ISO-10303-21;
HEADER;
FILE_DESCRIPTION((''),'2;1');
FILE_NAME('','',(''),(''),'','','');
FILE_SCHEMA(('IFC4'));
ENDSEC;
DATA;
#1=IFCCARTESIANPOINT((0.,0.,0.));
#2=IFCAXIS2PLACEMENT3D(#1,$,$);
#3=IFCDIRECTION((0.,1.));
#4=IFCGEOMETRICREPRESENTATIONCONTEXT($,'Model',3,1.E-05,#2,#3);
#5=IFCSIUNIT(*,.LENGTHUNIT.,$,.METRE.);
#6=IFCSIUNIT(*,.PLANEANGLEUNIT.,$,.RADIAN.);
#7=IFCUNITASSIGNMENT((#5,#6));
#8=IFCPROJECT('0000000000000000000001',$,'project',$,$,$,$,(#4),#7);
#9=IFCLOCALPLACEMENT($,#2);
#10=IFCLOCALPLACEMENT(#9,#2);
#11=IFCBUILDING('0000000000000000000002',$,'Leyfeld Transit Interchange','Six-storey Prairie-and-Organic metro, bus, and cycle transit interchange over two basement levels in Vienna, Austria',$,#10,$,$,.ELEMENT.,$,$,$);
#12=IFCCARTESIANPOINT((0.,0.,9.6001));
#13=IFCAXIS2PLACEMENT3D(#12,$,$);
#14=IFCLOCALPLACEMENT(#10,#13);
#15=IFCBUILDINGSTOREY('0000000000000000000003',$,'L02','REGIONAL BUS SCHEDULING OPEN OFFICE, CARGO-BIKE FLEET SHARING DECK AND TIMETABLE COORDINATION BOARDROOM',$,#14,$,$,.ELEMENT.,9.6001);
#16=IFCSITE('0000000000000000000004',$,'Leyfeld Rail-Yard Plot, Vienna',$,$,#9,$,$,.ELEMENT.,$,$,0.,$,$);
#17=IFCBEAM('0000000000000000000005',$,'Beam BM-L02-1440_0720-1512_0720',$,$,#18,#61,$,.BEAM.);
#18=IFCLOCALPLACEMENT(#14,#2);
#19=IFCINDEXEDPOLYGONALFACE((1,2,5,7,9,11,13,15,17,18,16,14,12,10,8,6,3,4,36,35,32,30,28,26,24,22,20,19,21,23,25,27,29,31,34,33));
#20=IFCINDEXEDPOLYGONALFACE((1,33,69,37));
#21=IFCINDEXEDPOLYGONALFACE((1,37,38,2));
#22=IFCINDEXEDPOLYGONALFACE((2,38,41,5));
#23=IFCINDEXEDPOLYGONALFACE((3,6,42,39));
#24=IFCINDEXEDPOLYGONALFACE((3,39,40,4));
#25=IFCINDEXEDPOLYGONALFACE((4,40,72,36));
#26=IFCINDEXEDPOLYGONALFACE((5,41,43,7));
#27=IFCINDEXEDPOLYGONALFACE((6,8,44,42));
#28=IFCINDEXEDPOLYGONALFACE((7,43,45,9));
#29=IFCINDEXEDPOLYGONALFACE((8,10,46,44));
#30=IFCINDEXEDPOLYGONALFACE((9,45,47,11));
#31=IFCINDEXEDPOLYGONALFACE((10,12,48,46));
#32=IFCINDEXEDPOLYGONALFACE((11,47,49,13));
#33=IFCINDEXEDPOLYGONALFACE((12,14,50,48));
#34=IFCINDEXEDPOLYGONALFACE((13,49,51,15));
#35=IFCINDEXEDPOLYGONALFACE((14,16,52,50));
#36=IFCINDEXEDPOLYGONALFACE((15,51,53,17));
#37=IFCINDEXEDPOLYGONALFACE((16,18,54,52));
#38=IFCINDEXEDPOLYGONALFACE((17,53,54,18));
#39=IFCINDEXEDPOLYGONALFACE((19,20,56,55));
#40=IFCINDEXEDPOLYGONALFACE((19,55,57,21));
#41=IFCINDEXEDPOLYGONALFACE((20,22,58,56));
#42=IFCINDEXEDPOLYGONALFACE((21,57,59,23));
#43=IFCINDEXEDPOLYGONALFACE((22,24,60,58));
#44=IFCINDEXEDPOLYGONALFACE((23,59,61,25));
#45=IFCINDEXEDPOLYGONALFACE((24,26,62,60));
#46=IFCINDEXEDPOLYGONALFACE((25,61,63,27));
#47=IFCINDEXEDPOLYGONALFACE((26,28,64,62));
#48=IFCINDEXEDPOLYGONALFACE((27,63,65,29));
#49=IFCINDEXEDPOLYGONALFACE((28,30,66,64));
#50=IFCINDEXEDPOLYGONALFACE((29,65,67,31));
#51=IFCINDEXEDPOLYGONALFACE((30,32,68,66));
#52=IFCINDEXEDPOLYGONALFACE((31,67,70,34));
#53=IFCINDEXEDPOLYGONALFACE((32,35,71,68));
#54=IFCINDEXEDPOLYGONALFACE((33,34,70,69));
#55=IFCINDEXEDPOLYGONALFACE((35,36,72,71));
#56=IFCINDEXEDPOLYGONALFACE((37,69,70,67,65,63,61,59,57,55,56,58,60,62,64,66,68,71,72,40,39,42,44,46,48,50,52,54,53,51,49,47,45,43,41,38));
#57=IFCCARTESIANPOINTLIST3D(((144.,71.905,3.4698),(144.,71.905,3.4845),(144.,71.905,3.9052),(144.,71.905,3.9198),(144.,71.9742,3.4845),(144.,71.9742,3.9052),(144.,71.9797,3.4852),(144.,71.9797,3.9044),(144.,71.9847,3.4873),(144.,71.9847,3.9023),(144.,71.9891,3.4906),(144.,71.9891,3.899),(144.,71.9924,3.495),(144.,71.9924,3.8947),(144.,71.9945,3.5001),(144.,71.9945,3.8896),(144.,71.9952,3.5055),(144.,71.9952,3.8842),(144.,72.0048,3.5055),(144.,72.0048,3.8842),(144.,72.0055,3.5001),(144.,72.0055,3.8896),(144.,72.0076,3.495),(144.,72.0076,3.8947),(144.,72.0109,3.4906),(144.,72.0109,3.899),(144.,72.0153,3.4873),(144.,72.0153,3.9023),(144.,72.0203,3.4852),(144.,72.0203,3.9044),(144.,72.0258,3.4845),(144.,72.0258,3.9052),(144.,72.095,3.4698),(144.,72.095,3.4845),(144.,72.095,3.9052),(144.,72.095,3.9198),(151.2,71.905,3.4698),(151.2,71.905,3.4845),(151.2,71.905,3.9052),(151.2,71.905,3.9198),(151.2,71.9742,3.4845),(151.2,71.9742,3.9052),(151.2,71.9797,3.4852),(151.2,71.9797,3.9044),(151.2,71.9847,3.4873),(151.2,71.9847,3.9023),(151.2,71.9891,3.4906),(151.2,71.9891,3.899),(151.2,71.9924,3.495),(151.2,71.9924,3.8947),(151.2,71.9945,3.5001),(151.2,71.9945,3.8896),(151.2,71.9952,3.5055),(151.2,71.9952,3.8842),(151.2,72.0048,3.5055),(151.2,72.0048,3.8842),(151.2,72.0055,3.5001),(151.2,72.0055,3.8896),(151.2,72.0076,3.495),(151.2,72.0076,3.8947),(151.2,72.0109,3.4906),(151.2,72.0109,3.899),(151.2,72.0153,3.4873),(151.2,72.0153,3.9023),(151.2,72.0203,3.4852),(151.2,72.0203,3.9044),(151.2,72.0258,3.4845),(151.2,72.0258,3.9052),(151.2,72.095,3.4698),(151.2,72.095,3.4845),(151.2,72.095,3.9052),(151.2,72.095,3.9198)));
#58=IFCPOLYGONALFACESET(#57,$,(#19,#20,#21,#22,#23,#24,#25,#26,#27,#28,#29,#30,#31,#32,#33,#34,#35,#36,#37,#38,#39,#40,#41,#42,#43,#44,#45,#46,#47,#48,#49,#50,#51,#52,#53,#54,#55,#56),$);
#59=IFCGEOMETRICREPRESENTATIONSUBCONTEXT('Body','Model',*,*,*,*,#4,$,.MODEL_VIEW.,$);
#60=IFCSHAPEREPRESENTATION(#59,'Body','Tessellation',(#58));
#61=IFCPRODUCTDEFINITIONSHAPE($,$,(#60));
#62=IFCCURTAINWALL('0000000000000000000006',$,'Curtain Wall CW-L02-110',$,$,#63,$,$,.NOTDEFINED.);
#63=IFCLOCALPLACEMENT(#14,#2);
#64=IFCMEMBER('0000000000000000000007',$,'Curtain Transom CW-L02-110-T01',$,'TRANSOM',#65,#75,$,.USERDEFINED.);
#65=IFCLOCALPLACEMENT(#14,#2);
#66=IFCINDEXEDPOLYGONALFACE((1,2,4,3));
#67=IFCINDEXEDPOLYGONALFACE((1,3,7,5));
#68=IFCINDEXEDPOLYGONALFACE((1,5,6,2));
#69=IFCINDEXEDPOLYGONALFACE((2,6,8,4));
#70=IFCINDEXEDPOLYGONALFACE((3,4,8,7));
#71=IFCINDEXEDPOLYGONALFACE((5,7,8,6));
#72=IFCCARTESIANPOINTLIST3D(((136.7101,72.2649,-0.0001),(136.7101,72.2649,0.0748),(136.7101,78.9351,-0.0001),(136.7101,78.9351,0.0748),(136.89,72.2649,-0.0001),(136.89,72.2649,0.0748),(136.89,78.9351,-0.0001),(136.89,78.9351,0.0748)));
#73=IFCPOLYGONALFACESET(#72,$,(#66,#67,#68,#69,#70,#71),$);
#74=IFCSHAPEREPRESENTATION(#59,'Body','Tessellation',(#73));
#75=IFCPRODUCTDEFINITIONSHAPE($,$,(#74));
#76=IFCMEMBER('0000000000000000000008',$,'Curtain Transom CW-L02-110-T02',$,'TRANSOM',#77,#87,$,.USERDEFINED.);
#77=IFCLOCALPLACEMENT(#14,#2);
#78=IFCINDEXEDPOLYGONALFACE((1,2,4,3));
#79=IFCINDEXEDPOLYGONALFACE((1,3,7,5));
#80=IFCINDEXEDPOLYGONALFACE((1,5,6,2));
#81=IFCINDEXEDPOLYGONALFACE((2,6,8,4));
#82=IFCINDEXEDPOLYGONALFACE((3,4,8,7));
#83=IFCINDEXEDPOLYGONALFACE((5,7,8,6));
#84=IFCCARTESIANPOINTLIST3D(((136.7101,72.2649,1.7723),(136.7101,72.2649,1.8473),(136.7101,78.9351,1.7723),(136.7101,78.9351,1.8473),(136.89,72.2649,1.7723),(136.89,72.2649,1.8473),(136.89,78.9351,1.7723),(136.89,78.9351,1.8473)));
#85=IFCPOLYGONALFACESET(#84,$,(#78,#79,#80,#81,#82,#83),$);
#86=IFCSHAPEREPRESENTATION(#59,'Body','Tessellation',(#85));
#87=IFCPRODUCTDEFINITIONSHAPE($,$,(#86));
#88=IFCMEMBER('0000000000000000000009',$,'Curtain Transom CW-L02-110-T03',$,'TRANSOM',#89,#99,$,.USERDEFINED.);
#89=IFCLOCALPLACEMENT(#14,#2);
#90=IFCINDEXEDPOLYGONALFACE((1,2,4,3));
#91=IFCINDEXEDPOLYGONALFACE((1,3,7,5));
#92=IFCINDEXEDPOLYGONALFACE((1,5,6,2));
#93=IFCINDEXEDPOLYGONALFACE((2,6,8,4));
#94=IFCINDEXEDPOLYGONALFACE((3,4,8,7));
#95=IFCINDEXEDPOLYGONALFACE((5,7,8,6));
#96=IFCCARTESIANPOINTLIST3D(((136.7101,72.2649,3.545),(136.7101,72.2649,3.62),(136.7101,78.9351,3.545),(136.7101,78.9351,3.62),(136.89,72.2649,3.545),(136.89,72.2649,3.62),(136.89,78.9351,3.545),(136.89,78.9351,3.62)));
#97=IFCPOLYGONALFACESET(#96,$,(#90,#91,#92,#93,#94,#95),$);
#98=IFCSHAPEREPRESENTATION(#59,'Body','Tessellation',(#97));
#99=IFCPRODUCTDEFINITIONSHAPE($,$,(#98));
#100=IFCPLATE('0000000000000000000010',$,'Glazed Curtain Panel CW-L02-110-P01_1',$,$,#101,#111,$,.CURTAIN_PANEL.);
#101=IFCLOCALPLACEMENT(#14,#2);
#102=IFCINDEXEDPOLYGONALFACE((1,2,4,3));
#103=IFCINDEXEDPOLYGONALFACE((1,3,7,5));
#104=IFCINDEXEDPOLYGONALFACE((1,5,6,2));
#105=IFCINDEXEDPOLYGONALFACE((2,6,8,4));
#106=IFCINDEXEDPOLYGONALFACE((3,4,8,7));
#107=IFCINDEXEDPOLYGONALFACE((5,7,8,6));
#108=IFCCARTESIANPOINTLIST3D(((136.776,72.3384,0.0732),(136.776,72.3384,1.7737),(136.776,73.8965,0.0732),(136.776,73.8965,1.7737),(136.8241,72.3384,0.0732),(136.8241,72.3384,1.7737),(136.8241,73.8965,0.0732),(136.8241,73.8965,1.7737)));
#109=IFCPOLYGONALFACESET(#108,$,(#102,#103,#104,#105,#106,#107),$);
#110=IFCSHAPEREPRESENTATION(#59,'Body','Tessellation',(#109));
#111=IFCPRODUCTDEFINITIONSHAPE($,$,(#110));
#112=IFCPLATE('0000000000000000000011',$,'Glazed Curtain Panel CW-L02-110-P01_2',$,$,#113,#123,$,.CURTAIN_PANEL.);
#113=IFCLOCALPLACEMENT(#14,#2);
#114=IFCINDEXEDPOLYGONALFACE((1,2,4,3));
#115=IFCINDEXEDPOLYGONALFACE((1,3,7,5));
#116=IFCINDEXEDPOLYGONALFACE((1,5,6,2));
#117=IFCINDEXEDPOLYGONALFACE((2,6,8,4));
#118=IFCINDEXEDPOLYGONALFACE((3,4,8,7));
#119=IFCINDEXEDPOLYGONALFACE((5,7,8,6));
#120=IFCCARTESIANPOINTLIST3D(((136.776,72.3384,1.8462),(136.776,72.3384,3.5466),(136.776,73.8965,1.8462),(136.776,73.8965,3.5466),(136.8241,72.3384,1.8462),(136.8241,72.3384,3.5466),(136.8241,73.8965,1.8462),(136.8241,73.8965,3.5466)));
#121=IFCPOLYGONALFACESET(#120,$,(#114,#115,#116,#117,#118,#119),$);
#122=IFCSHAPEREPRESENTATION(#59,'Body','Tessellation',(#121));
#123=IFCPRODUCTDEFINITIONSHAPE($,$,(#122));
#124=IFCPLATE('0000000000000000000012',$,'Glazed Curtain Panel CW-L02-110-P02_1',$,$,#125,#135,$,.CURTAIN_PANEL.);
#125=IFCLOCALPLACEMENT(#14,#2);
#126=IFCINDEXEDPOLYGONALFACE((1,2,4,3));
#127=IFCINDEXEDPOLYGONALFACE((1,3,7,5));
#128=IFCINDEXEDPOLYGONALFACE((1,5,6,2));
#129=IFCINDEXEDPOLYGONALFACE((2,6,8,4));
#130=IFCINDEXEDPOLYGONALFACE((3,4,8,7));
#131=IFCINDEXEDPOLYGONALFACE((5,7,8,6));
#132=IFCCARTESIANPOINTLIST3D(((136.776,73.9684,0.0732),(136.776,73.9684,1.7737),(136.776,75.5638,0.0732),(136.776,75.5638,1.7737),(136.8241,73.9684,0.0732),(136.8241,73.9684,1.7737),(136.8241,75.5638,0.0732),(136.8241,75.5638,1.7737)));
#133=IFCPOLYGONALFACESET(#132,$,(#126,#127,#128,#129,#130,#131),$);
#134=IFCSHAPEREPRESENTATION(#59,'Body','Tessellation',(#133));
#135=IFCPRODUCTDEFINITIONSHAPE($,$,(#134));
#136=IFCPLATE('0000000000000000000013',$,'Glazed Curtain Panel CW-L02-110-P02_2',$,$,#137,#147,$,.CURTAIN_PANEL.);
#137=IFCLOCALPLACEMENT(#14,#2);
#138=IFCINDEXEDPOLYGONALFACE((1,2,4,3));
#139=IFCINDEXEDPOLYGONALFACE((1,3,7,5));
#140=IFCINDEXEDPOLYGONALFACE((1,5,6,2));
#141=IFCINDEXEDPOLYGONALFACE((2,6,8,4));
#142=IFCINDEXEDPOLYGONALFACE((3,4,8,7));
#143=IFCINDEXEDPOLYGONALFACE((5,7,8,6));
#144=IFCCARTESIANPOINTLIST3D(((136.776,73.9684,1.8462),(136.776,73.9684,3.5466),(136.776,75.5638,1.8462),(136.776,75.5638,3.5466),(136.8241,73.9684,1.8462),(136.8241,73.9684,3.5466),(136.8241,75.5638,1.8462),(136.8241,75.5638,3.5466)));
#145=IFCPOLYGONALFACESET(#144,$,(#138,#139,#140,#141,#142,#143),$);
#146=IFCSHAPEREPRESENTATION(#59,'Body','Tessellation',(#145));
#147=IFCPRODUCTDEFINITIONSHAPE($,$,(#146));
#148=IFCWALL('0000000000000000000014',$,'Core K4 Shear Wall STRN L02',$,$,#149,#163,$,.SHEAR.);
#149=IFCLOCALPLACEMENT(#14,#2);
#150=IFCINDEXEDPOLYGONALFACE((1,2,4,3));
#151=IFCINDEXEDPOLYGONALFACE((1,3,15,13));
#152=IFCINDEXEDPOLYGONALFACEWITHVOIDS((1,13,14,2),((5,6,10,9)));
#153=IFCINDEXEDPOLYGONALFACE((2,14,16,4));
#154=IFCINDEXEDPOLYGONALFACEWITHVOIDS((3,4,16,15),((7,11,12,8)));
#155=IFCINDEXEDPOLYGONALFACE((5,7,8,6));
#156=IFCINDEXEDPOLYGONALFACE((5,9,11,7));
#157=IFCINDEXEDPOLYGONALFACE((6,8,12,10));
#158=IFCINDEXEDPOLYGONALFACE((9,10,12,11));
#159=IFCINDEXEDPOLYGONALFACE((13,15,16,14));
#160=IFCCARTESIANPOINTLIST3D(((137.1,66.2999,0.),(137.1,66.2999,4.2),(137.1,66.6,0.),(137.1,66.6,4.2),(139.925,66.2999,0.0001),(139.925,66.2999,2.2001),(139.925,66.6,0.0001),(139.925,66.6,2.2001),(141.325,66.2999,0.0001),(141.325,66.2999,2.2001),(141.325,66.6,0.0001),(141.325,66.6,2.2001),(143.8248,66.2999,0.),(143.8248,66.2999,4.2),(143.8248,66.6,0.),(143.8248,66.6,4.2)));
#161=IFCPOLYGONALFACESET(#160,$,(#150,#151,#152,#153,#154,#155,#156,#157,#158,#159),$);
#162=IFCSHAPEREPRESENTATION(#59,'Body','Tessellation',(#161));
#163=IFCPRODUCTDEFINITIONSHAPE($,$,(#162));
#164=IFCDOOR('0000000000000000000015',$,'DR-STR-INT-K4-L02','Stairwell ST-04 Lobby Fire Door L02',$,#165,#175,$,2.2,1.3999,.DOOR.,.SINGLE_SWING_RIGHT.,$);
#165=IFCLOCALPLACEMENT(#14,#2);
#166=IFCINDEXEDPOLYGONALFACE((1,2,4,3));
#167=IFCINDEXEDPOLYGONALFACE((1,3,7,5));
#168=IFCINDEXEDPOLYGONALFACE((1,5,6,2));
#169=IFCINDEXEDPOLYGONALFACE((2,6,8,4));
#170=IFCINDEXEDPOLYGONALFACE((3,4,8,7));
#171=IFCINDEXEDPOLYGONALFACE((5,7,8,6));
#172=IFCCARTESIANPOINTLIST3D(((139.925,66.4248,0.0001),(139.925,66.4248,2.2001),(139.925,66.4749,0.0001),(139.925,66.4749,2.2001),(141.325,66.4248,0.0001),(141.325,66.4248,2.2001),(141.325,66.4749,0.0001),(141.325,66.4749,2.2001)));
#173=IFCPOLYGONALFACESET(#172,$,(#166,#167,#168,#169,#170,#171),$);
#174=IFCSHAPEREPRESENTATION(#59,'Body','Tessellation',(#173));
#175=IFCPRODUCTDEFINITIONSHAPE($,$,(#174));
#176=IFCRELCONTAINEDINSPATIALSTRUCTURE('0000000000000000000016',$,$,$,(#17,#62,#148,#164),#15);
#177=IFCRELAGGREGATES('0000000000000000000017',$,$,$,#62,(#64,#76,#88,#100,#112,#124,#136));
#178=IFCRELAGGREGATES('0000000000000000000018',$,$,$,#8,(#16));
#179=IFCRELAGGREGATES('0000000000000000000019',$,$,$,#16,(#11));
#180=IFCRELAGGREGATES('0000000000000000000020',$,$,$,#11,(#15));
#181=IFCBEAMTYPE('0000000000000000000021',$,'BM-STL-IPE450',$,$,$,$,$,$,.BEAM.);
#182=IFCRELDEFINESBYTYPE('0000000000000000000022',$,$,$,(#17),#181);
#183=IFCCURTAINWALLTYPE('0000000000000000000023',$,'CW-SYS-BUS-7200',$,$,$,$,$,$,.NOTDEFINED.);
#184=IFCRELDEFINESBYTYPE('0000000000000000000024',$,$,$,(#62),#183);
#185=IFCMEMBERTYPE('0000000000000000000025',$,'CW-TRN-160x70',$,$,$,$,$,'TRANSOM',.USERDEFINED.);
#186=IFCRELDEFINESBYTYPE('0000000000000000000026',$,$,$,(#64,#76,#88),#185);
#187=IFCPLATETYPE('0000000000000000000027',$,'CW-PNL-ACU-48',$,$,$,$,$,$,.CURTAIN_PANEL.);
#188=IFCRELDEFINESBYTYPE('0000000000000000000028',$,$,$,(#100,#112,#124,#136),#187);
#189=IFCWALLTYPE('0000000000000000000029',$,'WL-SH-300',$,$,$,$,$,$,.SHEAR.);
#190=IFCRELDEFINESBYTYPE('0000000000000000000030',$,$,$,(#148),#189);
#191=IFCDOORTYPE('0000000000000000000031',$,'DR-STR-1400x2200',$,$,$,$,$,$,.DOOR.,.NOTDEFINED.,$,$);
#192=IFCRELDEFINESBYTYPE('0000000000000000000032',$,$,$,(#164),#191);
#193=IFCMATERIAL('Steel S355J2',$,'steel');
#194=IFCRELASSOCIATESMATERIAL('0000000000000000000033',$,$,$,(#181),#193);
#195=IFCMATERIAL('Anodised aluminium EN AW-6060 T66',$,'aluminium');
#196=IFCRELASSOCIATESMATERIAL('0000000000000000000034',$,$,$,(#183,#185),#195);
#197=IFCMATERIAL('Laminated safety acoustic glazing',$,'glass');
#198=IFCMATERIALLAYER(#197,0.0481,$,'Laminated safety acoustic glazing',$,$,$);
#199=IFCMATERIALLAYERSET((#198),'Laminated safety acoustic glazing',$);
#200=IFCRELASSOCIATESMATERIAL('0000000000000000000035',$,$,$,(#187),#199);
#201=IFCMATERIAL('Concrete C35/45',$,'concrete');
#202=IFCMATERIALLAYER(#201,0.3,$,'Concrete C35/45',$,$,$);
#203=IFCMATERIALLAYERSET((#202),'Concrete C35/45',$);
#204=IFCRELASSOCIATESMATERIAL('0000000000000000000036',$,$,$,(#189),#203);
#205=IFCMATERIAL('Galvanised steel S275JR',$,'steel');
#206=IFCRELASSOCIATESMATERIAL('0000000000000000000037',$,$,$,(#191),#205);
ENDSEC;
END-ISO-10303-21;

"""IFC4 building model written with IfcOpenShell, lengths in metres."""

from ifc_helpers import new_model, si_unit, direction, frame, frame_2d, origin, origin_2d, place, context, subcontext, project, spatial, rectangle, i_section, extrude, material, layer, layer_set, material_profile, profile_set, type_object, element, fill, aggregate, save


model = new_model("IFC4")

# Units and contexts
model_context = context("Model", 3, precision=1e-05, world=origin(), true_north=direction((0.0, 1.0)))
body_context = subcontext(model_context, "Body", "Model", "MODEL_VIEW")
ifc_project = project(units=[si_unit("LENGTHUNIT", "METRE"), si_unit("PLANEANGLEUNIT", "RADIAN")], contexts=[model_context])

# Site, building, storey
site_placement = place(None, origin())
site = spatial("IfcSite", under=ifc_project, at=site_placement, Name="Leyfeld Rail-Yard Plot, Vienna", CompositionType="ELEMENT", RefElevation=0.0)
building_placement = place(site_placement, origin())
building = spatial("IfcBuilding", under=site, at=building_placement, Name="Leyfeld Transit Interchange", Description="Six-storey Prairie-and-Organic metro, bus, and cycle transit interchange over two basement levels in Vienna, Austria", CompositionType="ELEMENT")
storey_placement = place(building_placement, frame((0.0, 0.0, 9.6001)))
storey = spatial("IfcBuildingStorey", under=building, at=storey_placement, Name="L02", Description="REGIONAL BUS SCHEDULING OPEN OFFICE, CARGO-BIKE FLEET SHARING DECK AND TIMETABLE COORDINATION BOARDROOM", CompositionType="ELEMENT", Elevation=9.6001)

# Shared definitions
ifc_material_1 = material(Name="Concrete C35/45", Category="concrete")

# Beam
ifc_material_2 = material(Name="Steel S355J2", Category="steel")
ifc_material_profile_1 = material_profile(ifc_material_2, i_section(OverallWidth=0.1899, OverallDepth=0.45, WebThickness=0.0095, FlangeThickness=0.0146, FilletRadius=0.021, at=origin_2d()), Name="IPE 450")
ifc_profile_set_1 = profile_set([ifc_material_profile_1], Name="Steel S355J2")
beam_type_1 = type_object("IfcBeamType", Name="BM-STL-IPE450", PredefinedType="BEAM", material=ifc_profile_set_1)
beam_1_placement = place(storey_placement, frame((144.0, 72.0, 3.6948), z_axis=(1.0, 0.0, 0.0), x_axis=(0.0, 1.0, 0.0)))
element("IfcBeam", 1, at=beam_1_placement, inside=storey, type_object=beam_type_1, Name="Beam BM-L02-1440_0720-1512_0720", PredefinedType="BEAM", context=body_context, shape_type="SweptSolid", body=[
    extrude(i_section(OverallWidth=0.1899, OverallDepth=0.45, WebThickness=0.0095, FlangeThickness=0.0146, FilletRadius=0.021, at=origin_2d()), origin(), (0.0, 0.0, 1.0), 7.2),
])

# Curtain wall, members, plates
ifc_material_3 = material(Name="Anodised aluminium EN AW-6060 T66", Category="aluminium")
curtain_wall_type = type_object("IfcCurtainWallType", Name="CW-SYS-BUS-7200", PredefinedType="NOTDEFINED", material=ifc_material_3)
curtain_wall_placement = place(storey_placement, origin())
curtain_wall = element("IfcCurtainWall", 2, at=curtain_wall_placement, inside=storey, type_object=curtain_wall_type, Name="Curtain Wall CW-L02-110", PredefinedType="NOTDEFINED")
ifc_material_profile_2 = material_profile(ifc_material_3, rectangle(XDim=0.1799, YDim=0.075, at=origin_2d()), Name="CW-TRN-160x70")
ifc_profile_set_2 = profile_set([ifc_material_profile_2], Name="Anodised aluminium EN AW-6060 T66")
member_type = type_object("IfcMemberType", Name="CW-TRN-160x70", ElementType="TRANSOM", PredefinedType="USERDEFINED", material=ifc_profile_set_2)
member_1_placement = place(storey_placement, frame((136.8, 72.2649, 0.0374), z_axis=(0.0, 1.0, 0.0), x_axis=(-1.0, 0.0, 0.0)))
member_1 = element("IfcMember", 3, at=member_1_placement, type_object=member_type, Name="Curtain Transom CW-L02-110-T01", ObjectType="TRANSOM", PredefinedType="USERDEFINED", context=body_context, shape_type="SweptSolid", body=[
    extrude(rectangle(XDim=0.1799, YDim=0.075, at=origin_2d()), origin(), (0.0, 0.0, 1.0), 6.6702),
])
member_2_placement = place(storey_placement, frame((136.8, 72.2649, 1.8098), z_axis=(0.0, 1.0, 0.0), x_axis=(-1.0, 0.0, 0.0)))
member_2 = element("IfcMember", 4, at=member_2_placement, type_object=member_type, Name="Curtain Transom CW-L02-110-T02", ObjectType="TRANSOM", PredefinedType="USERDEFINED", context=body_context, shape_type="SweptSolid", body=[
    extrude(rectangle(XDim=0.1799, YDim=0.075, at=origin_2d()), origin(), (0.0, 0.0, 1.0), 6.6702),
])
member_3_placement = place(storey_placement, frame((136.8, 72.2649, 3.5825), z_axis=(0.0, 1.0, 0.0), x_axis=(-1.0, 0.0, 0.0)))
member_3 = element("IfcMember", 5, at=member_3_placement, type_object=member_type, Name="Curtain Transom CW-L02-110-T03", ObjectType="TRANSOM", PredefinedType="USERDEFINED", context=body_context, shape_type="SweptSolid", body=[
    extrude(rectangle(XDim=0.1799, YDim=0.075, at=origin_2d()), origin(), (0.0, 0.0, 1.0), 6.6702),
])
ifc_material_4 = material(Name="Laminated safety acoustic glazing", Category="glass")
ifc_layer_1 = layer(ifc_material_4, 0.0481, Name="Laminated safety acoustic glazing")
ifc_layer_set_1 = layer_set([ifc_layer_1], Name="Laminated safety acoustic glazing")
plate_type = type_object("IfcPlateType", Name="CW-PNL-ACU-48", PredefinedType="CURTAIN_PANEL", material=ifc_layer_set_1)
plate_1_placement = place(storey_placement, frame((136.8, 73.1174, 0.0732), z_axis=(0.0, 0.0, 1.0), x_axis=(0.0, 1.0, 0.0)))
plate_1 = element("IfcPlate", 6, at=plate_1_placement, type_object=plate_type, Name="Glazed Curtain Panel CW-L02-110-P01_1", PredefinedType="CURTAIN_PANEL", context=body_context, shape_type="SweptSolid", body=[
    extrude(rectangle(XDim=1.5581, YDim=0.0481, at=origin_2d()), origin(), (0.0, 0.0, 1.0), 1.7004),
])
plate_2_placement = place(storey_placement, frame((136.8, 73.1174, 1.8462), z_axis=(0.0, 0.0, 1.0), x_axis=(0.0, 1.0, 0.0)))
plate_2 = element("IfcPlate", 7, at=plate_2_placement, type_object=plate_type, Name="Glazed Curtain Panel CW-L02-110-P01_2", PredefinedType="CURTAIN_PANEL", context=body_context, shape_type="SweptSolid", body=[
    extrude(rectangle(XDim=1.5581, YDim=0.0481, at=origin_2d()), origin(), (0.0, 0.0, 1.0), 1.7004),
])
plate_3_placement = place(storey_placement, frame((136.8, 74.7661, 0.0732), z_axis=(0.0, 0.0, 1.0), x_axis=(0.0, 1.0, 0.0)))
plate_3 = element("IfcPlate", 8, at=plate_3_placement, type_object=plate_type, Name="Glazed Curtain Panel CW-L02-110-P02_1", PredefinedType="CURTAIN_PANEL", context=body_context, shape_type="SweptSolid", body=[
    extrude(rectangle(XDim=1.5955, YDim=0.0481, at=origin_2d()), origin(), (0.0, 0.0, 1.0), 1.7004),
])
plate_4_placement = place(storey_placement, frame((136.8, 74.7661, 1.8462), z_axis=(0.0, 0.0, 1.0), x_axis=(0.0, 1.0, 0.0)))
plate_4 = element("IfcPlate", 9, at=plate_4_placement, type_object=plate_type, Name="Glazed Curtain Panel CW-L02-110-P02_2", PredefinedType="CURTAIN_PANEL", context=body_context, shape_type="SweptSolid", body=[
    extrude(rectangle(XDim=1.5955, YDim=0.0481, at=origin_2d()), origin(), (0.0, 0.0, 1.0), 1.7004),
])
aggregate(curtain_wall, [member_1, member_2, member_3, plate_1, plate_2, plate_3, plate_4])

# Wall, opening, door
ifc_layer_2 = layer(ifc_material_1, 0.3, Name="Concrete C35/45")
ifc_layer_set_2 = layer_set([ifc_layer_2], Name="Concrete C35/45")
wall_type_1 = type_object("IfcWallType", Name="WL-SH-300", PredefinedType="SHEAR", material=ifc_layer_set_2)
wall_1_placement = place(storey_placement, frame((137.1001, 66.45, 0.0), z_axis=(0.0, 0.0, 1.0), x_axis=(1.0, 0.0, 0.0)))
wall_1 = element("IfcWall", 10, at=wall_1_placement, inside=storey, type_object=wall_type_1, Name="Core K4 Shear Wall STRN L02", PredefinedType="SHEAR", context=body_context, shape_type="SweptSolid", body=[
    extrude(rectangle(XDim=6.7249, YDim=0.3, at=frame_2d((3.3623, 0.0))), origin(), (0.0, 0.0, 1.0), 4.2),
])
opening_1_placement = place(wall_1_placement, frame((2.825, 0.0, 0.0)))
opening_1 = element("IfcOpeningElement", 11, at=opening_1_placement, cuts=wall_1, PredefinedType="OPENING", context=body_context, shape_type="SweptSolid", body=[
    extrude(rectangle(XDim=1.3999, YDim=2.2, at=frame_2d((0.7, 1.1001))), frame((0.0, 0.1599, 0.0), z_axis=(0.0, -1.0, 0.0), x_axis=(1.0, 0.0, 0.0)), (0.0, 0.0, 1.0), 0.3201),
])
ifc_material_5 = material(Name="Galvanised steel S275JR", Category="steel")
door_type_1 = type_object("IfcDoorType", Name="DR-STR-1400x2200", OperationType="NOTDEFINED", PredefinedType="DOOR", material=ifc_material_5)
door_1_placement = place(opening_1_placement, origin())
door_1 = element("IfcDoor", 12, at=door_1_placement, inside=storey, type_object=door_type_1, Name="DR-STR-INT-K4-L02", Description="Stairwell ST-04 Lobby Fire Door L02", OperationType="SINGLE_SWING_RIGHT", OverallHeight=2.2, OverallWidth=1.3999, PredefinedType="DOOR", context=body_context, shape_type="SweptSolid", body=[
    extrude(rectangle(XDim=1.3999, YDim=2.2, at=frame_2d((0.7, 1.1001))), frame((0.0, 0.0249, 0.0), z_axis=(0.0, -1.0, 0.0), x_axis=(1.0, 0.0, 0.0)), (0.0, 0.0, 1.0), 0.05),
])
fill(opening_1, door_1)

save(model, "model.ifc")
